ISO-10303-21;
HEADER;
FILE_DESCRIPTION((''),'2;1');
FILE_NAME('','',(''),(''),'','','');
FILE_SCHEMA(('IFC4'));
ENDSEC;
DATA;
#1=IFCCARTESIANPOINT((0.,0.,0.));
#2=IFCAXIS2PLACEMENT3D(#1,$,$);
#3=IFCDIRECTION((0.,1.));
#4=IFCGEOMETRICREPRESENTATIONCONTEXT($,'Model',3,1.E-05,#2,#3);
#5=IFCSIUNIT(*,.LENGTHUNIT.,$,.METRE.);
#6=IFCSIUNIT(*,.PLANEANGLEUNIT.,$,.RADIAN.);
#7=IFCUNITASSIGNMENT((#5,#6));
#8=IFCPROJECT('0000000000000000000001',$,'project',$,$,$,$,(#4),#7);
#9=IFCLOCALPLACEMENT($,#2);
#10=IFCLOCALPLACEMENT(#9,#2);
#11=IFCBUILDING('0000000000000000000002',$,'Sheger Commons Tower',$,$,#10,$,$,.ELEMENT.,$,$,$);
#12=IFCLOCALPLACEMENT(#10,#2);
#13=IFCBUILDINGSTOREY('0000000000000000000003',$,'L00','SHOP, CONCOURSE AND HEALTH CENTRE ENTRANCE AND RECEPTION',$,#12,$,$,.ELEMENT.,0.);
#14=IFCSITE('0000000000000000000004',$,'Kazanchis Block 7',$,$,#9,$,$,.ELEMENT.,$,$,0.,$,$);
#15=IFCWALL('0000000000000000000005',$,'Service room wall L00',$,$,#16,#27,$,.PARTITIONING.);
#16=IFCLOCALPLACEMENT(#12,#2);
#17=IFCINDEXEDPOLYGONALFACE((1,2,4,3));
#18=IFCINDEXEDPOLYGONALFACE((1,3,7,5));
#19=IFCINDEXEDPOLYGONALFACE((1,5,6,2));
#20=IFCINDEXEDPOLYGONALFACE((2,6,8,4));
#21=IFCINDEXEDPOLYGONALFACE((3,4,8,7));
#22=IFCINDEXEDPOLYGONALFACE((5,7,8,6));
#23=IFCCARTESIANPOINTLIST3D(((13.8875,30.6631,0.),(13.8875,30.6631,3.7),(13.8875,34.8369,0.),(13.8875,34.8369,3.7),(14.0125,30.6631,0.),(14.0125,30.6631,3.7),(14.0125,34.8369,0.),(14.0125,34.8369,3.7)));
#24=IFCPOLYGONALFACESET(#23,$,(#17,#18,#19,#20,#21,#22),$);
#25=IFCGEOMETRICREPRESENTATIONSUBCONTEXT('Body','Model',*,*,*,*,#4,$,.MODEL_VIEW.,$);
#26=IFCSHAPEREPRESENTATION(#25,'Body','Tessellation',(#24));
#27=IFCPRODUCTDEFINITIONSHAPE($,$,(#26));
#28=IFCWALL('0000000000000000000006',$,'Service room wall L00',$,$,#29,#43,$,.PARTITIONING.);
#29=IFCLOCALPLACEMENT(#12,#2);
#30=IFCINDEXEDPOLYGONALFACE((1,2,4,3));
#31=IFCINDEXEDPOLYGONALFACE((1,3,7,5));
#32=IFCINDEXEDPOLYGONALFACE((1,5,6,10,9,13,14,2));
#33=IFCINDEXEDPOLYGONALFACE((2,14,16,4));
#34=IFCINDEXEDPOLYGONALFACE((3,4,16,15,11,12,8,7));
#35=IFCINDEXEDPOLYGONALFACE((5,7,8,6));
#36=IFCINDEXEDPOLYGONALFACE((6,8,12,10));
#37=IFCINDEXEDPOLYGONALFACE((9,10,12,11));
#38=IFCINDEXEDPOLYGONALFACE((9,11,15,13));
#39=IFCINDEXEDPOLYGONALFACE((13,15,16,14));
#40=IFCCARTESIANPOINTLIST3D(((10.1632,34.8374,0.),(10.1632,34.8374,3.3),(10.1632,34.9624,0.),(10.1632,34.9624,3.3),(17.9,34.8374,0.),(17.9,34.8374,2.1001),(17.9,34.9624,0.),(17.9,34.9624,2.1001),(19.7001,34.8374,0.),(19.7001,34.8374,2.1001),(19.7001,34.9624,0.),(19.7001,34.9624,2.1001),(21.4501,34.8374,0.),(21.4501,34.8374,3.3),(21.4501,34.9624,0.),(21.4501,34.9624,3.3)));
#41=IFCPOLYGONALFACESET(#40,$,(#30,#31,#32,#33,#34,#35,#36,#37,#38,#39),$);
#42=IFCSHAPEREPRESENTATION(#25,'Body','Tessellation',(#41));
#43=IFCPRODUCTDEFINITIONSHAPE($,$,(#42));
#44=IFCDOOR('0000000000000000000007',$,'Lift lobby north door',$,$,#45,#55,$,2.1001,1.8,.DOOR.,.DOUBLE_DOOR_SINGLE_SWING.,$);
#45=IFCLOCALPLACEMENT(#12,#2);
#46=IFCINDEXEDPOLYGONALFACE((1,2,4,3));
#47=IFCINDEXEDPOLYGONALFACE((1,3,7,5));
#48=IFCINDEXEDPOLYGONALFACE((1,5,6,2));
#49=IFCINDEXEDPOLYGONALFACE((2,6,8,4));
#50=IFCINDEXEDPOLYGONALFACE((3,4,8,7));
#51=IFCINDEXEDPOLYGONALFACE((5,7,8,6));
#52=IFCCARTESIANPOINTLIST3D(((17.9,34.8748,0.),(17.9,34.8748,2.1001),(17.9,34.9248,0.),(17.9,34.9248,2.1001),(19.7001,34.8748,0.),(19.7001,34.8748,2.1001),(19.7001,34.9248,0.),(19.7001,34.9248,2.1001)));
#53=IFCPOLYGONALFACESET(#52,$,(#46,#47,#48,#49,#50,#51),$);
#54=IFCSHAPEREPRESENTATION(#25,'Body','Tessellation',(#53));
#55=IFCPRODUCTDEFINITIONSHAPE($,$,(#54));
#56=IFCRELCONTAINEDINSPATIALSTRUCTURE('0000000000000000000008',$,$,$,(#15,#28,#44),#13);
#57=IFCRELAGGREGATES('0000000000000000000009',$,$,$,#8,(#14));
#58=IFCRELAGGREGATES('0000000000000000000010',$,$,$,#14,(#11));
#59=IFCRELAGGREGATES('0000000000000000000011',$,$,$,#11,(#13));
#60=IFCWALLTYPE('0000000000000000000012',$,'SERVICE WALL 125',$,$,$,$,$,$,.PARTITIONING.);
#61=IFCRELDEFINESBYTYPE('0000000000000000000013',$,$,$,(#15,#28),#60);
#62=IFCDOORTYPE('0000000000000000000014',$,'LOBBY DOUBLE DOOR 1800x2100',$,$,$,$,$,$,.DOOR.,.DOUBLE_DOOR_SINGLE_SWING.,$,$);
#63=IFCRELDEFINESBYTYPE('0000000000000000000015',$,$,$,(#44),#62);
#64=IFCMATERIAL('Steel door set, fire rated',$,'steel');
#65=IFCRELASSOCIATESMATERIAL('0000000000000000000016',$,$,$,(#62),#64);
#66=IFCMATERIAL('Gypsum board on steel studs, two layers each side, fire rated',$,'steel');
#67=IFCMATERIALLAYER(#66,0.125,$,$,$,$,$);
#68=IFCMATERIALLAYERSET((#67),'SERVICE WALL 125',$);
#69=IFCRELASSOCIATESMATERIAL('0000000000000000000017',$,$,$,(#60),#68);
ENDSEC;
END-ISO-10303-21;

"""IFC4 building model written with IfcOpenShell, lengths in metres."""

from ifc_helpers import new_model, si_unit, direction, frame, frame_2d, origin, place, context, subcontext, project, spatial, rectangle, extrude, material, layer, layer_set, type_object, element, fill, save


model = new_model("IFC4")

# Units and contexts
model_context = context("Model", 3, precision=1e-05, world=origin(), true_north=direction((0.0, 1.0)))
body_context = subcontext(model_context, "Body", "Model", "MODEL_VIEW")
ifc_project = project(units=[si_unit("LENGTHUNIT", "METRE"), si_unit("PLANEANGLEUNIT", "RADIAN")], contexts=[model_context])

# Site, building, storey
site_placement = place(None, origin())
site = spatial("IfcSite", under=ifc_project, at=site_placement, Name="Kazanchis Block 7", CompositionType="ELEMENT", RefElevation=0.0)
building_placement = place(site_placement, origin())
building = spatial("IfcBuilding", under=site, at=building_placement, Name="Sheger Commons Tower", CompositionType="ELEMENT")
storey_placement = place(building_placement, origin())
storey = spatial("IfcBuildingStorey", under=building, at=storey_placement, Name="L00", Description="SHOP, CONCOURSE AND HEALTH CENTRE ENTRANCE AND RECEPTION", CompositionType="ELEMENT", Elevation=0.0)

# Shared definitions
ifc_material_1 = material(Name="Steel door set, fire rated", Category="steel")
door_type_1 = type_object("IfcDoorType", Name="LOBBY DOUBLE DOOR 1800x2100", OperationType="DOUBLE_DOOR_SINGLE_SWING", PredefinedType="DOOR", material=ifc_material_1)

# Wall
ifc_material_2 = material(Name="Gypsum board on steel studs, two layers each side, fire rated", Category="steel")
ifc_layer_1 = layer(ifc_material_2, 0.125)
ifc_layer_set_1 = layer_set([ifc_layer_1], Name="SERVICE WALL 125")
wall_type_1 = type_object("IfcWallType", Name="SERVICE WALL 125", PredefinedType="PARTITIONING", material=ifc_layer_set_1)
wall_1_placement = place(storey_placement, frame((13.95, 30.6631, 0.0), z_axis=(0.0, 0.0, 1.0), x_axis=(0.0, 1.0, 0.0)))
element("IfcWall", 1, at=wall_1_placement, inside=storey, type_object=wall_type_1, Name="Service room wall L00", PredefinedType="PARTITIONING", context=body_context, shape_type="SweptSolid", body=[
    extrude(rectangle(XDim=4.1738, YDim=0.125, at=frame_2d((2.0869, 0.0))), origin(), (0.0, 0.0, 1.0), 3.7),
])

# Wall, opening, door
wall_2_placement = place(storey_placement, frame((10.1631, 34.8999, 0.0), z_axis=(0.0, 0.0, 1.0), x_axis=(1.0, 0.0, 0.0)))
wall_2 = element("IfcWall", 2, at=wall_2_placement, inside=storey, type_object=wall_type_1, Name="Service room wall L00", PredefinedType="PARTITIONING", context=body_context, shape_type="SweptSolid", body=[
    extrude(rectangle(XDim=11.2869, YDim=0.125, at=frame_2d((5.6436, 0.0))), origin(), (0.0, 0.0, 1.0), 3.3),
])
opening_1_placement = place(wall_2_placement, frame((7.7371, 0.0, 0.0)))
opening_1 = element("IfcOpeningElement", 3, at=opening_1_placement, cuts=wall_2, PredefinedType="OPENING", context=body_context, shape_type="SweptSolid", body=[
    extrude(rectangle(XDim=1.8, YDim=2.1001, at=frame_2d((0.8999, 1.05))), frame((0.0, 0.0725, 0.0), z_axis=(0.0, -1.0, 0.0), x_axis=(1.0, 0.0, 0.0)), (0.0, 0.0, 1.0), 0.145),
])
door_1_placement = place(opening_1_placement, origin())
door_1 = element("IfcDoor", 4, at=door_1_placement, inside=storey, type_object=door_type_1, Name="Lift lobby north door", OperationType="DOUBLE_DOOR_SINGLE_SWING", OverallHeight=2.1001, OverallWidth=1.8, PredefinedType="DOOR", context=body_context, shape_type="SweptSolid", body=[
    extrude(rectangle(XDim=1.8, YDim=2.1001, at=frame_2d((0.8999, 1.05))), frame((0.0, 0.0249, 0.0), z_axis=(0.0, -1.0, 0.0), x_axis=(1.0, 0.0, 0.0)), (0.0, 0.0, 1.0), 0.05),
])
fill(opening_1, door_1)

save(model, "model.ifc")
